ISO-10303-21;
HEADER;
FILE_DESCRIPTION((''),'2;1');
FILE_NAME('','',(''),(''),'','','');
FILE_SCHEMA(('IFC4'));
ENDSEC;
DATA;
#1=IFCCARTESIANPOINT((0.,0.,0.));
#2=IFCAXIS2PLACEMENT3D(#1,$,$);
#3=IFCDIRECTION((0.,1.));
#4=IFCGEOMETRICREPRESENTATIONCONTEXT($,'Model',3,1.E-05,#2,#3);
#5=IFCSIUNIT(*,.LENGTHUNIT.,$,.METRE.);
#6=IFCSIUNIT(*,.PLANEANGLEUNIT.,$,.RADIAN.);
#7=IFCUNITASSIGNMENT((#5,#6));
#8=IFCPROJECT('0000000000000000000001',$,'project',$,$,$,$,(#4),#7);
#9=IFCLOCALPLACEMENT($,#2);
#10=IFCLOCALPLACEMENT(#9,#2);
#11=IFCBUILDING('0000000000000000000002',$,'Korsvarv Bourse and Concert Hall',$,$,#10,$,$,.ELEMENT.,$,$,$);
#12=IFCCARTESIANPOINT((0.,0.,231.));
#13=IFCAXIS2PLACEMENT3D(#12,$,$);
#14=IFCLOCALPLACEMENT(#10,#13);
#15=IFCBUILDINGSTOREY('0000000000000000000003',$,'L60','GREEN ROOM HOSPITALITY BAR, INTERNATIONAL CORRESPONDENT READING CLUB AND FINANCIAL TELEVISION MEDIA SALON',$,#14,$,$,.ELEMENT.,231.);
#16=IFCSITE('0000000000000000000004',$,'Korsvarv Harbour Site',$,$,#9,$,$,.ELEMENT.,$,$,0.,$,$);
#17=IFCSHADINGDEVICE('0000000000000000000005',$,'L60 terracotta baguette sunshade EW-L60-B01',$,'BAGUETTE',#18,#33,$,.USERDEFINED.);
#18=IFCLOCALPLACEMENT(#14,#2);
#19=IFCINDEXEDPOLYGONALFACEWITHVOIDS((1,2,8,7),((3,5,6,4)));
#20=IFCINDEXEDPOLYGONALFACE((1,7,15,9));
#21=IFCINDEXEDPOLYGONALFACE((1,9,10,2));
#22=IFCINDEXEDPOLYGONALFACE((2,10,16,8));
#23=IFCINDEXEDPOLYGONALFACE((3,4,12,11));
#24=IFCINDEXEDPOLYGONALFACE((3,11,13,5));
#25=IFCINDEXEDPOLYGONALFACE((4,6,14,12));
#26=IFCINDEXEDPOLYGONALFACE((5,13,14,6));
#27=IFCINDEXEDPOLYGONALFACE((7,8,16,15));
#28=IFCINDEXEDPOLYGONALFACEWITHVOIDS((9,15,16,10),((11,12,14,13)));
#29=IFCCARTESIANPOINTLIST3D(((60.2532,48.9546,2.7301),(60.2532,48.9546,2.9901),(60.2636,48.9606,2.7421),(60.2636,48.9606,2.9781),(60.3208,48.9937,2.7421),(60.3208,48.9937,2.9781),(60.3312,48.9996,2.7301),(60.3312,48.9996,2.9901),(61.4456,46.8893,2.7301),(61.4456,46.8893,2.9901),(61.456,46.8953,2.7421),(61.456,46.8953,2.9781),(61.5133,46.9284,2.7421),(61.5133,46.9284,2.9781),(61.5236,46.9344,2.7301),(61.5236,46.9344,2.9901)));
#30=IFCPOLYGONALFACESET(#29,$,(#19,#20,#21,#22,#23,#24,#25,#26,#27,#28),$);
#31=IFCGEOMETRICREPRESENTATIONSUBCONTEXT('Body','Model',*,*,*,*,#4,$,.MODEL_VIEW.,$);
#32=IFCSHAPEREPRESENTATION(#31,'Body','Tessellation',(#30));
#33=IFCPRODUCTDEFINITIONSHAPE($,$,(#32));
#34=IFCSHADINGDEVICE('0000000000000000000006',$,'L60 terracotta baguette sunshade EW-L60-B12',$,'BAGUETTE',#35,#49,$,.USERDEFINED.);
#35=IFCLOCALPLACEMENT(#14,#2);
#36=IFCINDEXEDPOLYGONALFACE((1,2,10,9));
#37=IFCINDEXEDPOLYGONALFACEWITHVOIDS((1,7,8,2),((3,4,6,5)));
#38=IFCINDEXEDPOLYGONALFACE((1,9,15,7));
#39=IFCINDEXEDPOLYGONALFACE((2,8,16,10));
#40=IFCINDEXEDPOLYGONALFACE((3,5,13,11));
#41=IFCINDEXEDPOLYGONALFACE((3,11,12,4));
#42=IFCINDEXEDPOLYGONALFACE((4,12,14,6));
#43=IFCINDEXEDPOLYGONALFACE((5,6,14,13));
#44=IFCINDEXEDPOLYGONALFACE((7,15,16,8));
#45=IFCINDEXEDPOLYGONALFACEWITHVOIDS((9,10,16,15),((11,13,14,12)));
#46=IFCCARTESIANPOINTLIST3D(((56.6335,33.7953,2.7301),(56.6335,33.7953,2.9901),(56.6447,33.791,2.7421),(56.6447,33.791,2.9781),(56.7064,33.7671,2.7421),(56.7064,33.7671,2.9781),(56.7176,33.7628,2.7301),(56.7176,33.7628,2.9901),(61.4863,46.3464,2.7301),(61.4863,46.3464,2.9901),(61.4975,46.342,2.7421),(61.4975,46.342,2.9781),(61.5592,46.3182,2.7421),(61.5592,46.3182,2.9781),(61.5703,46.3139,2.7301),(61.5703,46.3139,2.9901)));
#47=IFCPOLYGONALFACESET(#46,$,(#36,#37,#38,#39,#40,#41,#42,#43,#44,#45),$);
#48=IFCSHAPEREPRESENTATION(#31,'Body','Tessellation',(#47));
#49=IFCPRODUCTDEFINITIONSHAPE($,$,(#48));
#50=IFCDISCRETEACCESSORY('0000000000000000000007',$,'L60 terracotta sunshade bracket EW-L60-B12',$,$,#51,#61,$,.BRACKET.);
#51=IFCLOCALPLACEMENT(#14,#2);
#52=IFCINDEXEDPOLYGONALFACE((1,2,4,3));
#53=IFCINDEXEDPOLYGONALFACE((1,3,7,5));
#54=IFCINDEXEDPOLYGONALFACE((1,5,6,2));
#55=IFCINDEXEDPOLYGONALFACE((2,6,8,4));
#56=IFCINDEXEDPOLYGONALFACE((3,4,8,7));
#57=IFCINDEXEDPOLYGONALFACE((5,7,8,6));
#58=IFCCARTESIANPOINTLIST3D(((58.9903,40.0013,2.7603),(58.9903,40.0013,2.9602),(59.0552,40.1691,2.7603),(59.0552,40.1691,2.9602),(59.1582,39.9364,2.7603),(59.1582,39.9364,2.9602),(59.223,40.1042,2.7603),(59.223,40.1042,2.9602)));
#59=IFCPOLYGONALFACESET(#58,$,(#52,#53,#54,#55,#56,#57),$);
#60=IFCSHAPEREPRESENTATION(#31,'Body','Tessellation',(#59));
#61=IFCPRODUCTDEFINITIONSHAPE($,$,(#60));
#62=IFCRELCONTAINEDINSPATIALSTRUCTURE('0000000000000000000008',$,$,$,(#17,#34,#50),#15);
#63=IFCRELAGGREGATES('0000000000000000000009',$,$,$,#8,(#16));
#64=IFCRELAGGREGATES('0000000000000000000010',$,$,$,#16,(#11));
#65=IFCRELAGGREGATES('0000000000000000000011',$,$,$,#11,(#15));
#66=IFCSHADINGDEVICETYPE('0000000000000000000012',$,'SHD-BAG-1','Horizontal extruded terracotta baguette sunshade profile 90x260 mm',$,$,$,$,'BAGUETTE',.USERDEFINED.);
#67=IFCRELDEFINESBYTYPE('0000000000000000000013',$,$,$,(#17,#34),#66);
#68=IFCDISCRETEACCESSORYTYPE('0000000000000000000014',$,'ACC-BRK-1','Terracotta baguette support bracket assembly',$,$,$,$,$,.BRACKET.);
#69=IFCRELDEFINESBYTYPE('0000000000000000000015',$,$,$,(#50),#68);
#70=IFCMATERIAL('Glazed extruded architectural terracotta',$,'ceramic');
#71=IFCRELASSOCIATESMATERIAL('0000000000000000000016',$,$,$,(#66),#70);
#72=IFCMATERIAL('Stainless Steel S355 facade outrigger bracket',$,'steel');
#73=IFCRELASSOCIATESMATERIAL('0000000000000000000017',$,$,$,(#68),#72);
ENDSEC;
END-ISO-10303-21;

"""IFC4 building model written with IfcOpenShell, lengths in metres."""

from ifc_helpers import new_model, si_unit, direction, frame, origin, origin_2d, place, context, subcontext, project, spatial, rectangle, hollow_rectangle, extrude, source, transform, mapped, material, material_profile, profile_set, type_object, element, save


model = new_model("IFC4")

# Units and contexts
model_context = context("Model", 3, precision=1e-05, world=origin(), true_north=direction((0.0, 1.0)))
body_context = subcontext(model_context, "Body", "Model", "MODEL_VIEW")
ifc_project = project(units=[si_unit("LENGTHUNIT", "METRE"), si_unit("PLANEANGLEUNIT", "RADIAN")], contexts=[model_context])

# Site, building, storey
site_placement = place(None, origin())
site = spatial("IfcSite", under=ifc_project, at=site_placement, Name="Korsvarv Harbour Site", CompositionType="ELEMENT", RefElevation=0.0)
building_placement = place(site_placement, origin())
building = spatial("IfcBuilding", under=site, at=building_placement, Name="Korsvarv Bourse and Concert Hall", CompositionType="ELEMENT")
storey_placement = place(building_placement, frame((0.0, 0.0, 231.0)))
storey = spatial("IfcBuildingStorey", under=building, at=storey_placement, Name="L60", Description="GREEN ROOM HOSPITALITY BAR, INTERNATIONAL CORRESPONDENT READING CLUB AND FINANCIAL TELEVISION MEDIA SALON", CompositionType="ELEMENT", Elevation=231.0)

# Shading devices
ifc_material_1 = material(Name="Glazed extruded architectural terracotta", Category="ceramic")
ifc_material_profile_1 = material_profile(ifc_material_1, hollow_rectangle(XDim=0.0901, YDim=0.26, WallThickness=0.012, at=origin_2d()), Name="TC-BAG 90x260")
ifc_profile_set_1 = profile_set([ifc_material_profile_1], Name="Glazed extruded architectural terracotta")
shading_device_type = type_object("IfcShadingDeviceType", Name="SHD-BAG-1", Description="Horizontal extruded terracotta baguette sunshade profile 90x260 mm", ElementType="BAGUETTE", PredefinedType="USERDEFINED", material=ifc_profile_set_1)
shared_shape_1 = source(origin(), body_context, "Body", "SweptSolid", [
    extrude(hollow_rectangle(XDim=0.0901, YDim=0.26, WallThickness=0.012, at=origin_2d()), origin(), (0.0, 0.0, 1.0), 2.3848),
])
shading_device_1_placement = place(storey_placement, frame((61.4846, 46.9119, 2.8601), z_axis=(-0.500015, 0.866017, 0.0), x_axis=(-0.866017, -0.500015, 0.0)))
element("IfcShadingDevice", 1, at=shading_device_1_placement, inside=storey, type_object=shading_device_type, Name="L60 terracotta baguette sunshade EW-L60-B01", ObjectType="BAGUETTE", PredefinedType="USERDEFINED", context=body_context, shape_type="MappedRepresentation", body=[
    mapped(shared_shape_1, transform((0.0, 0.0, 0.0), scale=1.0)),
])
shared_shape_2 = source(origin(), body_context, "Body", "SweptSolid", [
    extrude(hollow_rectangle(XDim=0.0901, YDim=0.26, WallThickness=0.012, at=origin_2d()), origin(), (0.0, 0.0, 1.0), 13.4565),
])
shading_device_2_placement = place(storey_placement, frame((56.6755, 33.7791, 2.8601), z_axis=(0.360627, 0.93271, 0.0), x_axis=(-0.93271, 0.360627, 0.0)))
element("IfcShadingDevice", 2, at=shading_device_2_placement, inside=storey, type_object=shading_device_type, Name="L60 terracotta baguette sunshade EW-L60-B12", ObjectType="BAGUETTE", PredefinedType="USERDEFINED", context=body_context, shape_type="MappedRepresentation", body=[
    mapped(shared_shape_2, transform((0.0, 0.0, 0.0), scale=1.0)),
])

# Discrete accessory
ifc_material_2 = material(Name="Stainless Steel S355 facade outrigger bracket", Category="steel")
discrete_accessory_type = type_object("IfcDiscreteAccessoryType", Name="ACC-BRK-1", Description="Terracotta baguette support bracket assembly", PredefinedType="BRACKET", material=ifc_material_2)
shared_shape_3 = source(origin(), body_context, "Body", "SweptSolid", [
    extrude(rectangle(XDim=0.1799, YDim=0.1799, at=origin_2d()), origin(), (0.0, 0.0, 1.0), 0.2),
])
discrete_accessory_placement = place(storey_placement, frame((59.1067, 40.0527, 2.7603), z_axis=(0.0, 0.0, 1.0), x_axis=(0.360648, 0.932702, 0.0)))
element("IfcDiscreteAccessory", 3, at=discrete_accessory_placement, inside=storey, type_object=discrete_accessory_type, Name="L60 terracotta sunshade bracket EW-L60-B12", PredefinedType="BRACKET", context=body_context, shape_type="MappedRepresentation", body=[
    mapped(shared_shape_3, transform((0.0, 0.0, 0.0), scale=1.0)),
])

save(model, "model.ifc")
